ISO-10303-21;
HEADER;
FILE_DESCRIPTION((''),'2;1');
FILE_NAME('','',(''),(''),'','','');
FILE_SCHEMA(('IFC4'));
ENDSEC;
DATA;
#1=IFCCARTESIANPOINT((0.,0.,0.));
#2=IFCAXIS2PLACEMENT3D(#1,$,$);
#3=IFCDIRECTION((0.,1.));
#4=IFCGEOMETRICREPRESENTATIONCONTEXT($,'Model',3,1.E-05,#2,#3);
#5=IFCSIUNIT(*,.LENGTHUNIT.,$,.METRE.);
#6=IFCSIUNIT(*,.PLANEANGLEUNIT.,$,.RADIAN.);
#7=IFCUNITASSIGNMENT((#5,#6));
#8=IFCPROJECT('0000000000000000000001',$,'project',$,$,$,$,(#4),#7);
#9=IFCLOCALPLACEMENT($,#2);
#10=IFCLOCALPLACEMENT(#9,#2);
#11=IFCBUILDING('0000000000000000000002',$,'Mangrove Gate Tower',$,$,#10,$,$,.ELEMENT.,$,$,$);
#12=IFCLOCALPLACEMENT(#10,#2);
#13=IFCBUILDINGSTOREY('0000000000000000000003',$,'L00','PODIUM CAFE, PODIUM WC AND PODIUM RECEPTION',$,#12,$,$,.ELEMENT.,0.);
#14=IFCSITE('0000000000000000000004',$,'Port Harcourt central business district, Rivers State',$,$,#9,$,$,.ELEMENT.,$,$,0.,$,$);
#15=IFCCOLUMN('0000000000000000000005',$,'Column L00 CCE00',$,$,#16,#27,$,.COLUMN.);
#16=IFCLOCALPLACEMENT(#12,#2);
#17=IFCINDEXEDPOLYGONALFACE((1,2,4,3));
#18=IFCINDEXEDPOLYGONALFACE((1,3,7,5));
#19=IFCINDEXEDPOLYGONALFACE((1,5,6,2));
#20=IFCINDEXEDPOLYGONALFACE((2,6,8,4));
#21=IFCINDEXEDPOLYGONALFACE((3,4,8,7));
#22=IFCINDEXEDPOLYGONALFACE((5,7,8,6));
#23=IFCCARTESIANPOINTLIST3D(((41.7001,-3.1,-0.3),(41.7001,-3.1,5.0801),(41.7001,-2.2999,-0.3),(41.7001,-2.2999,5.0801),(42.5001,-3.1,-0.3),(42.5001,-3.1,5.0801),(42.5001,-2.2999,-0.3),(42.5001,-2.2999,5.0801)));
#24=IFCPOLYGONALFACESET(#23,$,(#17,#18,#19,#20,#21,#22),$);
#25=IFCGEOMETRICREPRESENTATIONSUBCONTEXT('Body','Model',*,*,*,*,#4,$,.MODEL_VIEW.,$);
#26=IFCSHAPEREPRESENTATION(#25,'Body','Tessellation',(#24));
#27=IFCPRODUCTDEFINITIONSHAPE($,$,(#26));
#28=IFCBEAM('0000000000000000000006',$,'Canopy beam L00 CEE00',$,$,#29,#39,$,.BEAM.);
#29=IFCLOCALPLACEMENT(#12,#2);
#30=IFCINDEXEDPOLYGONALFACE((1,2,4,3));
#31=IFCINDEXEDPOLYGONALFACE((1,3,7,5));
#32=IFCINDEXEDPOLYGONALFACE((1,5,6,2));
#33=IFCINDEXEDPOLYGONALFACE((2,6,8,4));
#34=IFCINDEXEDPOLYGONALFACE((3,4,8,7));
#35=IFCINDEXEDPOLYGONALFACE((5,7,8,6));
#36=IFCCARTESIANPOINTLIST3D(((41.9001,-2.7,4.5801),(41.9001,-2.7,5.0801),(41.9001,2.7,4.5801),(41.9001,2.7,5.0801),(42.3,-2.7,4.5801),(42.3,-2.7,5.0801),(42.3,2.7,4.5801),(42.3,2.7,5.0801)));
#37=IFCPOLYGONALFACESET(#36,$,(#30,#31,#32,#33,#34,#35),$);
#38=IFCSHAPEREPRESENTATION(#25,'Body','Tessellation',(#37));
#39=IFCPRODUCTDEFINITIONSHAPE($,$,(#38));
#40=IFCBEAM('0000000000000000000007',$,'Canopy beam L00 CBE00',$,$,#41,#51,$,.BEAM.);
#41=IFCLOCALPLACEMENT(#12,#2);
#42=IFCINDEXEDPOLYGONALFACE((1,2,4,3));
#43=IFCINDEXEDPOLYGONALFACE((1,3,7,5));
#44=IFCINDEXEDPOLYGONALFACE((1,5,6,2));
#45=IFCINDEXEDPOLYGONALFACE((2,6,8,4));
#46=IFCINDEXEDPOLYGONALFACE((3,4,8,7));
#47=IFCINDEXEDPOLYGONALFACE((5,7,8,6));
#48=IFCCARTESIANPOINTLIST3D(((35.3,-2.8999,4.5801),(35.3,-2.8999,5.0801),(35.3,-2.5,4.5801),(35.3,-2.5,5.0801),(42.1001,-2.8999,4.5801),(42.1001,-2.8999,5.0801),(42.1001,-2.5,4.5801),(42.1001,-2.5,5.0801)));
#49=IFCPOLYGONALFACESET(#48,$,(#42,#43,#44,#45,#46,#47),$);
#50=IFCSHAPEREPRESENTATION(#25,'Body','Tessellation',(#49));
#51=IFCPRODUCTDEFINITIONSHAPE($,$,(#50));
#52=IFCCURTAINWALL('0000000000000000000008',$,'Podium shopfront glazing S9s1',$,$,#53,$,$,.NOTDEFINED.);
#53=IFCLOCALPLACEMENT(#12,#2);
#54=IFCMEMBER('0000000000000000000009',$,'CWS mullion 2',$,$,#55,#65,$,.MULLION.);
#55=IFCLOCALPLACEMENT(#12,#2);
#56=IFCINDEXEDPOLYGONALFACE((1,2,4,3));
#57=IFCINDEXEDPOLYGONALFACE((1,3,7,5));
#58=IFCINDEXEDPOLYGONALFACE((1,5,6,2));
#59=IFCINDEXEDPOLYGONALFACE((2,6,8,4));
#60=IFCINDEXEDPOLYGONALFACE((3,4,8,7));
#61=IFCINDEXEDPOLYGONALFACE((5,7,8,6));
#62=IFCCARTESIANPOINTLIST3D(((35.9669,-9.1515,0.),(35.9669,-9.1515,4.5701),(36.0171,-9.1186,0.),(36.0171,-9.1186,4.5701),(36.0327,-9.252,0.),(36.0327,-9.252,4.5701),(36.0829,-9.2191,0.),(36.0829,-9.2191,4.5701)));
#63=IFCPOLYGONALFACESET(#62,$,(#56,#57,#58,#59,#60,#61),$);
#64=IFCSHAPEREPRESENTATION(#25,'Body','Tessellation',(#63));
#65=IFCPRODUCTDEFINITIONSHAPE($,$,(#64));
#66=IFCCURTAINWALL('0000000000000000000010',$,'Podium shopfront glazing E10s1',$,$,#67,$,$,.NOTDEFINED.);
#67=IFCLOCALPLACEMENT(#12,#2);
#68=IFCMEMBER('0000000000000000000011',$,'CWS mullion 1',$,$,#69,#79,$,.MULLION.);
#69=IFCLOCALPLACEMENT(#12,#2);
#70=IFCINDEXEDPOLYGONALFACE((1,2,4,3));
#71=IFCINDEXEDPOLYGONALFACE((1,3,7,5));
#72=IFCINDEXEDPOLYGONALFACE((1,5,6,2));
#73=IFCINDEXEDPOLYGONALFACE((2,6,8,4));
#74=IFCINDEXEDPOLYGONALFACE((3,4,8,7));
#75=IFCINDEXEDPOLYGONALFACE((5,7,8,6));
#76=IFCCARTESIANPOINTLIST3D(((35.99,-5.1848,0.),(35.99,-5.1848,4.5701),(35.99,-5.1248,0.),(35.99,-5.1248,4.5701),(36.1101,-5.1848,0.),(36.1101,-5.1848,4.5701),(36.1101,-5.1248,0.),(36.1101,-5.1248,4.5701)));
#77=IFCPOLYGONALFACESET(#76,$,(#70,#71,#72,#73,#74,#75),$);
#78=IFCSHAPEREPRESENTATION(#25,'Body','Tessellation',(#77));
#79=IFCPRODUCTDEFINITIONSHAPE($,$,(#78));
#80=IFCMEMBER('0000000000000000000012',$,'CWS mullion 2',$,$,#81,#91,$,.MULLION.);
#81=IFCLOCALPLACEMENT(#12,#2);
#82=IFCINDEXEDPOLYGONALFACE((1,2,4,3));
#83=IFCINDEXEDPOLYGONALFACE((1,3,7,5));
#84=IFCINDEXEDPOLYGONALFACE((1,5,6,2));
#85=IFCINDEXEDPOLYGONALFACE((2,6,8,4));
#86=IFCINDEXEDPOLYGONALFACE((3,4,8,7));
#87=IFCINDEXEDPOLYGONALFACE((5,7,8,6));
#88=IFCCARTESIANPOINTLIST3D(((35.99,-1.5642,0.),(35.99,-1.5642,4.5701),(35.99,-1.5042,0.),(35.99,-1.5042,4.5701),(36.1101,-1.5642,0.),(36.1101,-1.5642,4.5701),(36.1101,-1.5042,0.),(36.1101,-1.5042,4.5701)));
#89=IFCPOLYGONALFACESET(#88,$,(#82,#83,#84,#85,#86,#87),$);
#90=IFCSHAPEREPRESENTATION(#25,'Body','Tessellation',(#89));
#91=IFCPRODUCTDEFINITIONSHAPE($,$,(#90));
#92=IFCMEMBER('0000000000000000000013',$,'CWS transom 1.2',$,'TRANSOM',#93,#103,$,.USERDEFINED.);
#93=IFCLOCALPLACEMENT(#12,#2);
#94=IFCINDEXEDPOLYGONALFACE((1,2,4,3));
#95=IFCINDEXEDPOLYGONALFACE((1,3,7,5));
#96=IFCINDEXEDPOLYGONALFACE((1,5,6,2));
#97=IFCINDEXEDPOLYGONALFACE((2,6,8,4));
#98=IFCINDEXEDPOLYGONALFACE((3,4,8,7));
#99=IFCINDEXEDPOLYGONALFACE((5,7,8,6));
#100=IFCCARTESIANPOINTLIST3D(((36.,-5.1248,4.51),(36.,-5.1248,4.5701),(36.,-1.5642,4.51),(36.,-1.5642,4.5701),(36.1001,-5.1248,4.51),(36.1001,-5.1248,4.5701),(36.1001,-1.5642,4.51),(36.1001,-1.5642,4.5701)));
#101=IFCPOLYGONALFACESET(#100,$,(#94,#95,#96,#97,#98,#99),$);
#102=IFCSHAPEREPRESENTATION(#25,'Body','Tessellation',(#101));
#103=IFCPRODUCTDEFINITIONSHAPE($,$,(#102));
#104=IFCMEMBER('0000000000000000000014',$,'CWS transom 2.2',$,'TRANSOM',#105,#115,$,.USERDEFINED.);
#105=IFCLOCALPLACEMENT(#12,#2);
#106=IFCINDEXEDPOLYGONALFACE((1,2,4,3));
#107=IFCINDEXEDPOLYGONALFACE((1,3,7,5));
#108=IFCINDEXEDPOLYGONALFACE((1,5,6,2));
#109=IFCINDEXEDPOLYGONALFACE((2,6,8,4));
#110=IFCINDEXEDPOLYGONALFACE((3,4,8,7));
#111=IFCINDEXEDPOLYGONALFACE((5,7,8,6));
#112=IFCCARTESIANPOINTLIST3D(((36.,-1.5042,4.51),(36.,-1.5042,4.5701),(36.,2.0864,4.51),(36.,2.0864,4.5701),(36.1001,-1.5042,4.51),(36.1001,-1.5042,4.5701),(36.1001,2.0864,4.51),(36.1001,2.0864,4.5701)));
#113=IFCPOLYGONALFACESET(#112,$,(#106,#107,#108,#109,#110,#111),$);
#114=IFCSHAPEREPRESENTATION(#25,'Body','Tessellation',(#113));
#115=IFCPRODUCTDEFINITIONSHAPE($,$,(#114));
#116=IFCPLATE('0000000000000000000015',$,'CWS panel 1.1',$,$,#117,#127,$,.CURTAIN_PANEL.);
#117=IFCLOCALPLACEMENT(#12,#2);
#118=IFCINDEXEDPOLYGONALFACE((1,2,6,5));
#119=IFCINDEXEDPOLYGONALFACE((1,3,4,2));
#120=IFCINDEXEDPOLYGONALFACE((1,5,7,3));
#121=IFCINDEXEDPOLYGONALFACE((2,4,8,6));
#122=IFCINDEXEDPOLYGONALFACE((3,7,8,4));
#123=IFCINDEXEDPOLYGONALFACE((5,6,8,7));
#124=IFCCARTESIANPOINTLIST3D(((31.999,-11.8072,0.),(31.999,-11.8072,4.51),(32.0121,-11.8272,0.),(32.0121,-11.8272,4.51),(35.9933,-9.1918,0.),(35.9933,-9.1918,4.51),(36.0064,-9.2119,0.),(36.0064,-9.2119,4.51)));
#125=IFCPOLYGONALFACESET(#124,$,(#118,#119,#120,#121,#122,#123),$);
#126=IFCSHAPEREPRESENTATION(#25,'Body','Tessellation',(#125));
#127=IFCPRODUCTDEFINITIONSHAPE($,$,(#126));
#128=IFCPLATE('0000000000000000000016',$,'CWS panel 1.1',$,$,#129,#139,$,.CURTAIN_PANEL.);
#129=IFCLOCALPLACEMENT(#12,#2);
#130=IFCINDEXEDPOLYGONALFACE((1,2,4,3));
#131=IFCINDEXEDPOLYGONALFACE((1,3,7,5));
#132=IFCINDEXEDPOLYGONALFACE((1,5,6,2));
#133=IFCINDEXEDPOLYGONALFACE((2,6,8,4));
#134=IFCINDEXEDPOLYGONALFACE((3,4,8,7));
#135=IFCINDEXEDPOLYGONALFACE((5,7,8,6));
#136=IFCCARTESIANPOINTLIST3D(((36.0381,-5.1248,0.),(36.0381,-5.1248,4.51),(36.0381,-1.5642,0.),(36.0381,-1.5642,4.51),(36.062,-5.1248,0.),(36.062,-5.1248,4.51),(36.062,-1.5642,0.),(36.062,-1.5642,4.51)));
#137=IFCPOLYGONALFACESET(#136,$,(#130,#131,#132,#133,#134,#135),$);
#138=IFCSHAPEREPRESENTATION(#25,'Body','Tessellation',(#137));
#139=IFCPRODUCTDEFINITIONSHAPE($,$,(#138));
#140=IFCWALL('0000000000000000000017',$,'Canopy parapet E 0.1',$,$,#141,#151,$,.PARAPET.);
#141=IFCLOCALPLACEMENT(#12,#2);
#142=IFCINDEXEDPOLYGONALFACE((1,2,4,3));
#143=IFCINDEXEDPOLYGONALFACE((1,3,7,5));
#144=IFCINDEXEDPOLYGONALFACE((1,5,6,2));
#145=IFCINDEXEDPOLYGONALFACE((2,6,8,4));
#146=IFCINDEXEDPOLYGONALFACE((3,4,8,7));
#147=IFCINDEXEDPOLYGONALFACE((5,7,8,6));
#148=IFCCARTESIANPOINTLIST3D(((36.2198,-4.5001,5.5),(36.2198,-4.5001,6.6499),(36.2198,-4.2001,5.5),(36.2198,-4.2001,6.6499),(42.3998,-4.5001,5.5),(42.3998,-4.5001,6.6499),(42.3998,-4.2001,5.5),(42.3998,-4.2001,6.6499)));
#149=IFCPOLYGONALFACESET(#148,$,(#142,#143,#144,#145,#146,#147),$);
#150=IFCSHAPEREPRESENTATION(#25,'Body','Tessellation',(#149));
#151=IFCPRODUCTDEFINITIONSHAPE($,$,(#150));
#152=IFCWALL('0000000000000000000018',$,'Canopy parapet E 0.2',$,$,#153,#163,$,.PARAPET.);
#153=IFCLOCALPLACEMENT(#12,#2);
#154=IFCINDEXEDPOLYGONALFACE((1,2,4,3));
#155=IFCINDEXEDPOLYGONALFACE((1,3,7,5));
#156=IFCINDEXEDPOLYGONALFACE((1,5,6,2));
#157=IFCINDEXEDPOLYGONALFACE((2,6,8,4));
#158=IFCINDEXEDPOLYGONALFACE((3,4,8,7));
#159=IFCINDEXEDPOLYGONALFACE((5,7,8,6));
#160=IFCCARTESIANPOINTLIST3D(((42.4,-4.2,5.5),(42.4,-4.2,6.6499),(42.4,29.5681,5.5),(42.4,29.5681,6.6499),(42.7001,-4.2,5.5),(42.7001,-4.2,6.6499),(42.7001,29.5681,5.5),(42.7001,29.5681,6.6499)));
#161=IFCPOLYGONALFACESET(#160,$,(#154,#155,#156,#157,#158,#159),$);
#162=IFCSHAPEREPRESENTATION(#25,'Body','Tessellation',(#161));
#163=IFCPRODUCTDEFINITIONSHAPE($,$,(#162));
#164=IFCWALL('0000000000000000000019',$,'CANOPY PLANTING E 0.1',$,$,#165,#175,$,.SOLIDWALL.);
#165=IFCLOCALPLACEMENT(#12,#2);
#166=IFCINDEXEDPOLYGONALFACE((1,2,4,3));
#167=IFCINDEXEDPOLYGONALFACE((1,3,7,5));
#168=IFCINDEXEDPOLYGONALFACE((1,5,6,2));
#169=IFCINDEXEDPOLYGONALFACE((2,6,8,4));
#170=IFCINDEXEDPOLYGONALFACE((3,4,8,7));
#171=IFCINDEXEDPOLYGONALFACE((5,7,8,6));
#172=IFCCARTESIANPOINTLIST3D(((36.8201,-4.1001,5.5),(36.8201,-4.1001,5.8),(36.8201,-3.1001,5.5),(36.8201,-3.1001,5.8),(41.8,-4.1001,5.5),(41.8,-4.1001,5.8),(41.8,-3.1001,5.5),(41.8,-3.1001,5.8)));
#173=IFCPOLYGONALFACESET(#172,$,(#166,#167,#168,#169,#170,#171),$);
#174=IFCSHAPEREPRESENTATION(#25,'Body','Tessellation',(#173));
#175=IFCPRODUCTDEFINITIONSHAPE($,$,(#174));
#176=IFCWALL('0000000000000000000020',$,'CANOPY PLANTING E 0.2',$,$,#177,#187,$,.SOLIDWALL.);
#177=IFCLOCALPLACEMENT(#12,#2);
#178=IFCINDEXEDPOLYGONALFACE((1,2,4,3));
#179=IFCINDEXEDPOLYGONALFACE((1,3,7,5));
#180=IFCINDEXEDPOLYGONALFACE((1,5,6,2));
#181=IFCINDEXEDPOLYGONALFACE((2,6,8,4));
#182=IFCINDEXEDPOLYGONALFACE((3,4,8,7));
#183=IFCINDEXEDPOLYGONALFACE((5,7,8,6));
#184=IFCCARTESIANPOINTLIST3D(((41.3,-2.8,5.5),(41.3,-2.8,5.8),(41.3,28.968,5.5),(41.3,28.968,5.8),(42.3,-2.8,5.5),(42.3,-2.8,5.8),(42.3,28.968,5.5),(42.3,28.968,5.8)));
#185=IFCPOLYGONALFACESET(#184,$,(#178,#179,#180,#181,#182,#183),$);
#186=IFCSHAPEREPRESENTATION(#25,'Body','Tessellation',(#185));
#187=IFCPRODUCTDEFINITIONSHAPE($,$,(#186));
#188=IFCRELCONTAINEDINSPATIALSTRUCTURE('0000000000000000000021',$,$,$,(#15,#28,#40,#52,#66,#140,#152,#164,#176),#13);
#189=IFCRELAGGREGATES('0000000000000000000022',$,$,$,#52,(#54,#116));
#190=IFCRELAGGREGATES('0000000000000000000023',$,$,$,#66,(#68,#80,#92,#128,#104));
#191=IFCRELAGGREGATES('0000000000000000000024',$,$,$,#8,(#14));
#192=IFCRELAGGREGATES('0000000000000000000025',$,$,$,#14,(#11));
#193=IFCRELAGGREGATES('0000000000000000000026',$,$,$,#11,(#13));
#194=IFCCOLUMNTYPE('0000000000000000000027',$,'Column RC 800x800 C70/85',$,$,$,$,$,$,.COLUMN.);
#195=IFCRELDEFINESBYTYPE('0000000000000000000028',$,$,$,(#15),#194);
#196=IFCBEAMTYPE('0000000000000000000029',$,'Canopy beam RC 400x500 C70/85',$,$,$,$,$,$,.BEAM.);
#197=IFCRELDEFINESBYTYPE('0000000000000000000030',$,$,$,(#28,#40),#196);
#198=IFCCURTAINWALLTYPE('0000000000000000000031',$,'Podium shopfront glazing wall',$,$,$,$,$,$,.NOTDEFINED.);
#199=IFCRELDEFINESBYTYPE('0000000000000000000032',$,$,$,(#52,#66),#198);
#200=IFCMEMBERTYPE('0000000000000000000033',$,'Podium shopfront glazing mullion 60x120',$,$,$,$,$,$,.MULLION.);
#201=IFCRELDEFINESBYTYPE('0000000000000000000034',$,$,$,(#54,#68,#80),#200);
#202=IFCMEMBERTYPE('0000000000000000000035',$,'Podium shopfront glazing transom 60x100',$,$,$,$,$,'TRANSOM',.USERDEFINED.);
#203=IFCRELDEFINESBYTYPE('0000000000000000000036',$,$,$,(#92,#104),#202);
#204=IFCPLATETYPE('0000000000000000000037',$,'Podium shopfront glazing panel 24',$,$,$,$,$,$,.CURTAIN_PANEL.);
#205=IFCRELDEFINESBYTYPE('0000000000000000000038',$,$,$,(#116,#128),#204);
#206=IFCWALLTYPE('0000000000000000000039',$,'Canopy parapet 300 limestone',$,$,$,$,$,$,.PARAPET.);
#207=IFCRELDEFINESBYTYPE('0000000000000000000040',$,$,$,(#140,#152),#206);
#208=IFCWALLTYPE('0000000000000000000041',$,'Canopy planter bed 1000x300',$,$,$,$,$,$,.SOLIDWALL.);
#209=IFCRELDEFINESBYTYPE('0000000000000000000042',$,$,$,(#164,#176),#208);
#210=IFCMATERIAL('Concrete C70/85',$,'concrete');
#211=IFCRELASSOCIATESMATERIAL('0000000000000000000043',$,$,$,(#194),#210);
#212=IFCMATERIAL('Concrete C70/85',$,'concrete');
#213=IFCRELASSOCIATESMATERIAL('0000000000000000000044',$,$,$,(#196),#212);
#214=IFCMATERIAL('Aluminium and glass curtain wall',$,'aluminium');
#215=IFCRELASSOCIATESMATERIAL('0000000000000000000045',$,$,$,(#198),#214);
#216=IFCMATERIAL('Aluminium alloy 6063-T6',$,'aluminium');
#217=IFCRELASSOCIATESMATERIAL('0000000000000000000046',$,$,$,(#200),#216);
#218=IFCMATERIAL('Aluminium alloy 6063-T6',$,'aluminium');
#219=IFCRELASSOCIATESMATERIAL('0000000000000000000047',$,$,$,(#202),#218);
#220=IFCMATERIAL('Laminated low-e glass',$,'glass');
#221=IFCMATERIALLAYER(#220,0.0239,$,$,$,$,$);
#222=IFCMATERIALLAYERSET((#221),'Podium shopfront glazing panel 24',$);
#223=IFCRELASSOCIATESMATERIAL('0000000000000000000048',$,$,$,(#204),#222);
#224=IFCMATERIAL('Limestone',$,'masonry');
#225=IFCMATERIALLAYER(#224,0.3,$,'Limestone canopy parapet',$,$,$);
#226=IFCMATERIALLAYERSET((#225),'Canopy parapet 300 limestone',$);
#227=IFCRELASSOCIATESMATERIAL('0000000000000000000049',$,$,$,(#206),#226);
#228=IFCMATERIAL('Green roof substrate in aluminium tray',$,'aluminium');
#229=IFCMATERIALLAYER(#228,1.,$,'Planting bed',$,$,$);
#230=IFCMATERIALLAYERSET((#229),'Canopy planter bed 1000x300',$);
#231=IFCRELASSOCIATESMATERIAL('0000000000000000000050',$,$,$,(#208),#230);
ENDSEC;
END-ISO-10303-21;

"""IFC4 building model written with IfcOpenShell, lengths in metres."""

from ifc_helpers import new_model, si_unit, direction, frame, frame_2d, origin, origin_2d, place, context, subcontext, project, spatial, rectangle, extrude, material, layer, layer_set, material_profile, profile_set, type_object, element, aggregate, save


model = new_model("IFC4")

# Units and contexts
model_context = context("Model", 3, precision=1e-05, world=origin(), true_north=direction((0.0, 1.0)))
body_context = subcontext(model_context, "Body", "Model", "MODEL_VIEW")
ifc_project = project(units=[si_unit("LENGTHUNIT", "METRE"), si_unit("PLANEANGLEUNIT", "RADIAN")], contexts=[model_context])

# Site, building, storey
site_placement = place(None, origin())
site = spatial("IfcSite", under=ifc_project, at=site_placement, Name="Port Harcourt central business district, Rivers State", CompositionType="ELEMENT", RefElevation=0.0)
building_placement = place(site_placement, origin())
building = spatial("IfcBuilding", under=site, at=building_placement, Name="Mangrove Gate Tower", CompositionType="ELEMENT")
storey_placement = place(building_placement, origin())
storey = spatial("IfcBuildingStorey", under=building, at=storey_placement, Name="L00", Description="PODIUM CAFE, PODIUM WC AND PODIUM RECEPTION", CompositionType="ELEMENT", Elevation=0.0)

# Column
ifc_material_1 = material(Name="Concrete C70/85", Category="concrete")
ifc_material_profile_1 = material_profile(ifc_material_1, rectangle(XDim=0.8, YDim=0.8, at=origin_2d()))
ifc_profile_set_1 = profile_set([ifc_material_profile_1], Name="Concrete C70/85")
column_type_1 = type_object("IfcColumnType", Name="Column RC 800x800 C70/85", PredefinedType="COLUMN", material=ifc_profile_set_1)
column_1_placement = place(storey_placement, frame((42.1001, -2.7, -0.3), z_axis=(0.0, 0.0, 1.0), x_axis=(1.0, 0.0, 0.0)))
element("IfcColumn", 1, at=column_1_placement, inside=storey, type_object=column_type_1, Name="Column L00 CCE00", PredefinedType="COLUMN", context=body_context, shape_type="SweptSolid", body=[
    extrude(rectangle(XDim=0.8, YDim=0.8, at=origin_2d()), origin(), (0.0, 0.0, 1.0), 5.3801),
])

# Beams
ifc_material_2 = material(Name="Concrete C70/85", Category="concrete")
ifc_material_profile_2 = material_profile(ifc_material_2, rectangle(XDim=0.3999, YDim=0.5, at=origin_2d()))
ifc_profile_set_2 = profile_set([ifc_material_profile_2], Name="Concrete C70/85")
beam_type = type_object("IfcBeamType", Name="Canopy beam RC 400x500 C70/85", PredefinedType="BEAM", material=ifc_profile_set_2)
beam_1_placement = place(storey_placement, frame((42.1001, -2.7, 4.8301), z_axis=(0.0, 1.0, 0.0), x_axis=(-1.0, 0.0, 0.0)))
element("IfcBeam", 2, at=beam_1_placement, inside=storey, type_object=beam_type, Name="Canopy beam L00 CEE00", PredefinedType="BEAM", context=body_context, shape_type="SweptSolid", body=[
    extrude(rectangle(XDim=0.3999, YDim=0.5, at=origin_2d()), origin(), (0.0, 0.0, 1.0), 5.3999),
])
beam_2_placement = place(storey_placement, frame((35.3, -2.7, 4.8301), z_axis=(1.0, 0.0, 0.0), x_axis=(0.0, 1.0, 0.0)))
element("IfcBeam", 3, at=beam_2_placement, inside=storey, type_object=beam_type, Name="Canopy beam L00 CBE00", PredefinedType="BEAM", context=body_context, shape_type="SweptSolid", body=[
    extrude(rectangle(XDim=0.3999, YDim=0.5, at=origin_2d()), origin(), (0.0, 0.0, 1.0), 6.8),
])

# Curtain wall, member
ifc_material_3 = material(Name="Aluminium and glass curtain wall", Category="aluminium")
curtain_wall_type = type_object("IfcCurtainWallType", Name="Podium shopfront glazing wall", PredefinedType="NOTDEFINED", material=ifc_material_3)
curtain_wall_1_placement = place(storey_placement, origin())
curtain_wall_1 = element("IfcCurtainWall", 4, at=curtain_wall_1_placement, inside=storey, type_object=curtain_wall_type, Name="Podium shopfront glazing S9s1", PredefinedType="NOTDEFINED")
ifc_material_4 = material(Name="Aluminium alloy 6063-T6", Category="aluminium")
ifc_material_profile_3 = material_profile(ifc_material_4, rectangle(XDim=0.0601, YDim=0.1201, at=origin_2d()))
ifc_profile_set_3 = profile_set([ifc_material_profile_3], Name="Aluminium alloy 6063-T6")
member_type_1 = type_object("IfcMemberType", Name="Podium shopfront glazing mullion 60x120", PredefinedType="MULLION", material=ifc_profile_set_3)
member_1_placement = place(storey_placement, frame((36.0249, -9.1853, 0.0), z_axis=(0.0, 0.0, 1.0), x_axis=(0.836619, 0.547786, 0.0)))
member_1 = element("IfcMember", 5, at=member_1_placement, type_object=member_type_1, Name="CWS mullion 2", PredefinedType="MULLION", context=body_context, shape_type="SweptSolid", body=[
    extrude(rectangle(XDim=0.0601, YDim=0.1201, at=origin_2d()), origin(), (0.0, 0.0, 1.0), 4.5701),
])

# Curtain wall, members
curtain_wall_2_placement = place(storey_placement, origin())
curtain_wall_2 = element("IfcCurtainWall", 6, at=curtain_wall_2_placement, inside=storey, type_object=curtain_wall_type, Name="Podium shopfront glazing E10s1", PredefinedType="NOTDEFINED")
member_2_placement = place(storey_placement, frame((36.05, -5.1548, 0.0), z_axis=(0.0, 0.0, 1.0), x_axis=(0.0, 1.0, 0.0)))
member_2 = element("IfcMember", 7, at=member_2_placement, type_object=member_type_1, Name="CWS mullion 1", PredefinedType="MULLION", context=body_context, shape_type="SweptSolid", body=[
    extrude(rectangle(XDim=0.0601, YDim=0.1201, at=origin_2d()), origin(), (0.0, 0.0, 1.0), 4.5701),
])
member_3_placement = place(storey_placement, frame((36.05, -1.5342, 0.0), z_axis=(0.0, 0.0, 1.0), x_axis=(0.0, 1.0, 0.0)))
member_3 = element("IfcMember", 8, at=member_3_placement, type_object=member_type_1, Name="CWS mullion 2", PredefinedType="MULLION", context=body_context, shape_type="SweptSolid", body=[
    extrude(rectangle(XDim=0.0601, YDim=0.1201, at=origin_2d()), origin(), (0.0, 0.0, 1.0), 4.5701),
])
ifc_material_5 = material(Name="Aluminium alloy 6063-T6", Category="aluminium")
ifc_material_profile_4 = material_profile(ifc_material_5, rectangle(XDim=0.0601, YDim=0.1001, at=origin_2d()))
ifc_profile_set_4 = profile_set([ifc_material_profile_4], Name="Aluminium alloy 6063-T6")
member_type_2 = type_object("IfcMemberType", Name="Podium shopfront glazing transom 60x100", ElementType="TRANSOM", PredefinedType="USERDEFINED", material=ifc_profile_set_4)
member_4_placement = place(storey_placement, frame((36.05, -5.1248, 4.54), z_axis=(0.0, 1.0, 0.0), x_axis=(0.0, 0.0, 1.0)))
member_4 = element("IfcMember", 9, at=member_4_placement, type_object=member_type_2, Name="CWS transom 1.2", ObjectType="TRANSOM", PredefinedType="USERDEFINED", context=body_context, shape_type="SweptSolid", body=[
    extrude(rectangle(XDim=0.0601, YDim=0.1001, at=origin_2d()), origin(), (0.0, 0.0, 1.0), 3.5605),
])
member_5_placement = place(storey_placement, frame((36.05, -1.5042, 4.54), z_axis=(0.0, 1.0, 0.0), x_axis=(0.0, 0.0, 1.0)))
member_5 = element("IfcMember", 10, at=member_5_placement, type_object=member_type_2, Name="CWS transom 2.2", ObjectType="TRANSOM", PredefinedType="USERDEFINED", context=body_context, shape_type="SweptSolid", body=[
    extrude(rectangle(XDim=0.0601, YDim=0.1001, at=origin_2d()), origin(), (0.0, 0.0, 1.0), 3.5906),
])

# Plates
ifc_material_6 = material(Name="Laminated low-e glass", Category="glass")
ifc_layer_1 = layer(ifc_material_6, 0.0239)
ifc_layer_set_1 = layer_set([ifc_layer_1], Name="Podium shopfront glazing panel 24")
plate_type = type_object("IfcPlateType", Name="Podium shopfront glazing panel 24", PredefinedType="CURTAIN_PANEL", material=ifc_layer_set_1)
plate_1_placement = place(storey_placement, frame((34.0027, -10.5095, 0.0), z_axis=(0.0, 0.0, 1.0), x_axis=(0.836619, 0.547786, 0.0)))
plate_1 = element("IfcPlate", 11, at=plate_1_placement, type_object=plate_type, Name="CWS panel 1.1", PredefinedType="CURTAIN_PANEL", context=body_context, shape_type="SweptSolid", body=[
    extrude(rectangle(XDim=4.7744, YDim=0.0239, at=origin_2d()), origin(), (0.0, 0.0, 1.0), 4.51),
])
aggregate(curtain_wall_1, [member_1, plate_1])
plate_2_placement = place(storey_placement, frame((36.05, -3.3445, 0.0), z_axis=(0.0, 0.0, 1.0), x_axis=(0.0, 1.0, 0.0)))
plate_2 = element("IfcPlate", 12, at=plate_2_placement, type_object=plate_type, Name="CWS panel 1.1", PredefinedType="CURTAIN_PANEL", context=body_context, shape_type="SweptSolid", body=[
    extrude(rectangle(XDim=3.5605, YDim=0.0239, at=origin_2d()), origin(), (0.0, 0.0, 1.0), 4.51),
])
aggregate(curtain_wall_2, [member_2, member_3, member_4, plate_2, member_5])

# Walls
ifc_material_7 = material(Name="Limestone", Category="masonry")
ifc_layer_2 = layer(ifc_material_7, 0.3, Name="Limestone canopy parapet")
ifc_layer_set_2 = layer_set([ifc_layer_2], Name="Canopy parapet 300 limestone")
wall_type_1 = type_object("IfcWallType", Name="Canopy parapet 300 limestone", PredefinedType="PARAPET", material=ifc_layer_set_2)
wall_1_placement = place(storey_placement, frame((36.22, -4.3501, 5.5), z_axis=(0.0, 0.0, 1.0), x_axis=(1.0, 0.0, 0.0)))
element("IfcWall", 13, at=wall_1_placement, inside=storey, type_object=wall_type_1, Name="Canopy parapet E 0.1", PredefinedType="PARAPET", context=body_context, shape_type="SweptSolid", body=[
    extrude(rectangle(XDim=6.1799, YDim=0.3, at=frame_2d((3.0898, 0.0))), origin(), (0.0, 0.0, 1.0), 1.1499),
])
wall_2_placement = place(storey_placement, frame((42.55, -4.2, 5.5), z_axis=(0.0, 0.0, 1.0), x_axis=(0.0, 1.0, 0.0)))
element("IfcWall", 14, at=wall_2_placement, inside=storey, type_object=wall_type_1, Name="Canopy parapet E 0.2", PredefinedType="PARAPET", context=body_context, shape_type="SweptSolid", body=[
    extrude(rectangle(XDim=33.7681, YDim=0.3, at=frame_2d((16.884, 0.0))), origin(), (0.0, 0.0, 1.0), 1.1499),
])
ifc_material_8 = material(Name="Green roof substrate in aluminium tray", Category="aluminium")
ifc_layer_3 = layer(ifc_material_8, 1.0, Name="Planting bed")
ifc_layer_set_3 = layer_set([ifc_layer_3], Name="Canopy planter bed 1000x300")
wall_type_2 = type_object("IfcWallType", Name="Canopy planter bed 1000x300", PredefinedType="SOLIDWALL", material=ifc_layer_set_3)
wall_3_placement = place(storey_placement, frame((36.8201, -3.6001, 5.5), z_axis=(0.0, 0.0, 1.0), x_axis=(1.0, 0.0, 0.0)))
element("IfcWall", 15, at=wall_3_placement, inside=storey, type_object=wall_type_2, Name="CANOPY PLANTING E 0.1", PredefinedType="SOLIDWALL", context=body_context, shape_type="SweptSolid", body=[
    extrude(rectangle(XDim=4.98, YDim=1.0, at=frame_2d((2.49, 0.0))), origin(), (0.0, 0.0, 1.0), 0.3),
])
wall_4_placement = place(storey_placement, frame((41.8, -2.8, 5.5), z_axis=(0.0, 0.0, 1.0), x_axis=(0.0, 1.0, 0.0)))
element("IfcWall", 16, at=wall_4_placement, inside=storey, type_object=wall_type_2, Name="CANOPY PLANTING E 0.2", PredefinedType="SOLIDWALL", context=body_context, shape_type="SweptSolid", body=[
    extrude(rectangle(XDim=31.7681, YDim=1.0, at=frame_2d((15.884, 0.0))), origin(), (0.0, 0.0, 1.0), 0.3),
])

save(model, "model.ifc")
